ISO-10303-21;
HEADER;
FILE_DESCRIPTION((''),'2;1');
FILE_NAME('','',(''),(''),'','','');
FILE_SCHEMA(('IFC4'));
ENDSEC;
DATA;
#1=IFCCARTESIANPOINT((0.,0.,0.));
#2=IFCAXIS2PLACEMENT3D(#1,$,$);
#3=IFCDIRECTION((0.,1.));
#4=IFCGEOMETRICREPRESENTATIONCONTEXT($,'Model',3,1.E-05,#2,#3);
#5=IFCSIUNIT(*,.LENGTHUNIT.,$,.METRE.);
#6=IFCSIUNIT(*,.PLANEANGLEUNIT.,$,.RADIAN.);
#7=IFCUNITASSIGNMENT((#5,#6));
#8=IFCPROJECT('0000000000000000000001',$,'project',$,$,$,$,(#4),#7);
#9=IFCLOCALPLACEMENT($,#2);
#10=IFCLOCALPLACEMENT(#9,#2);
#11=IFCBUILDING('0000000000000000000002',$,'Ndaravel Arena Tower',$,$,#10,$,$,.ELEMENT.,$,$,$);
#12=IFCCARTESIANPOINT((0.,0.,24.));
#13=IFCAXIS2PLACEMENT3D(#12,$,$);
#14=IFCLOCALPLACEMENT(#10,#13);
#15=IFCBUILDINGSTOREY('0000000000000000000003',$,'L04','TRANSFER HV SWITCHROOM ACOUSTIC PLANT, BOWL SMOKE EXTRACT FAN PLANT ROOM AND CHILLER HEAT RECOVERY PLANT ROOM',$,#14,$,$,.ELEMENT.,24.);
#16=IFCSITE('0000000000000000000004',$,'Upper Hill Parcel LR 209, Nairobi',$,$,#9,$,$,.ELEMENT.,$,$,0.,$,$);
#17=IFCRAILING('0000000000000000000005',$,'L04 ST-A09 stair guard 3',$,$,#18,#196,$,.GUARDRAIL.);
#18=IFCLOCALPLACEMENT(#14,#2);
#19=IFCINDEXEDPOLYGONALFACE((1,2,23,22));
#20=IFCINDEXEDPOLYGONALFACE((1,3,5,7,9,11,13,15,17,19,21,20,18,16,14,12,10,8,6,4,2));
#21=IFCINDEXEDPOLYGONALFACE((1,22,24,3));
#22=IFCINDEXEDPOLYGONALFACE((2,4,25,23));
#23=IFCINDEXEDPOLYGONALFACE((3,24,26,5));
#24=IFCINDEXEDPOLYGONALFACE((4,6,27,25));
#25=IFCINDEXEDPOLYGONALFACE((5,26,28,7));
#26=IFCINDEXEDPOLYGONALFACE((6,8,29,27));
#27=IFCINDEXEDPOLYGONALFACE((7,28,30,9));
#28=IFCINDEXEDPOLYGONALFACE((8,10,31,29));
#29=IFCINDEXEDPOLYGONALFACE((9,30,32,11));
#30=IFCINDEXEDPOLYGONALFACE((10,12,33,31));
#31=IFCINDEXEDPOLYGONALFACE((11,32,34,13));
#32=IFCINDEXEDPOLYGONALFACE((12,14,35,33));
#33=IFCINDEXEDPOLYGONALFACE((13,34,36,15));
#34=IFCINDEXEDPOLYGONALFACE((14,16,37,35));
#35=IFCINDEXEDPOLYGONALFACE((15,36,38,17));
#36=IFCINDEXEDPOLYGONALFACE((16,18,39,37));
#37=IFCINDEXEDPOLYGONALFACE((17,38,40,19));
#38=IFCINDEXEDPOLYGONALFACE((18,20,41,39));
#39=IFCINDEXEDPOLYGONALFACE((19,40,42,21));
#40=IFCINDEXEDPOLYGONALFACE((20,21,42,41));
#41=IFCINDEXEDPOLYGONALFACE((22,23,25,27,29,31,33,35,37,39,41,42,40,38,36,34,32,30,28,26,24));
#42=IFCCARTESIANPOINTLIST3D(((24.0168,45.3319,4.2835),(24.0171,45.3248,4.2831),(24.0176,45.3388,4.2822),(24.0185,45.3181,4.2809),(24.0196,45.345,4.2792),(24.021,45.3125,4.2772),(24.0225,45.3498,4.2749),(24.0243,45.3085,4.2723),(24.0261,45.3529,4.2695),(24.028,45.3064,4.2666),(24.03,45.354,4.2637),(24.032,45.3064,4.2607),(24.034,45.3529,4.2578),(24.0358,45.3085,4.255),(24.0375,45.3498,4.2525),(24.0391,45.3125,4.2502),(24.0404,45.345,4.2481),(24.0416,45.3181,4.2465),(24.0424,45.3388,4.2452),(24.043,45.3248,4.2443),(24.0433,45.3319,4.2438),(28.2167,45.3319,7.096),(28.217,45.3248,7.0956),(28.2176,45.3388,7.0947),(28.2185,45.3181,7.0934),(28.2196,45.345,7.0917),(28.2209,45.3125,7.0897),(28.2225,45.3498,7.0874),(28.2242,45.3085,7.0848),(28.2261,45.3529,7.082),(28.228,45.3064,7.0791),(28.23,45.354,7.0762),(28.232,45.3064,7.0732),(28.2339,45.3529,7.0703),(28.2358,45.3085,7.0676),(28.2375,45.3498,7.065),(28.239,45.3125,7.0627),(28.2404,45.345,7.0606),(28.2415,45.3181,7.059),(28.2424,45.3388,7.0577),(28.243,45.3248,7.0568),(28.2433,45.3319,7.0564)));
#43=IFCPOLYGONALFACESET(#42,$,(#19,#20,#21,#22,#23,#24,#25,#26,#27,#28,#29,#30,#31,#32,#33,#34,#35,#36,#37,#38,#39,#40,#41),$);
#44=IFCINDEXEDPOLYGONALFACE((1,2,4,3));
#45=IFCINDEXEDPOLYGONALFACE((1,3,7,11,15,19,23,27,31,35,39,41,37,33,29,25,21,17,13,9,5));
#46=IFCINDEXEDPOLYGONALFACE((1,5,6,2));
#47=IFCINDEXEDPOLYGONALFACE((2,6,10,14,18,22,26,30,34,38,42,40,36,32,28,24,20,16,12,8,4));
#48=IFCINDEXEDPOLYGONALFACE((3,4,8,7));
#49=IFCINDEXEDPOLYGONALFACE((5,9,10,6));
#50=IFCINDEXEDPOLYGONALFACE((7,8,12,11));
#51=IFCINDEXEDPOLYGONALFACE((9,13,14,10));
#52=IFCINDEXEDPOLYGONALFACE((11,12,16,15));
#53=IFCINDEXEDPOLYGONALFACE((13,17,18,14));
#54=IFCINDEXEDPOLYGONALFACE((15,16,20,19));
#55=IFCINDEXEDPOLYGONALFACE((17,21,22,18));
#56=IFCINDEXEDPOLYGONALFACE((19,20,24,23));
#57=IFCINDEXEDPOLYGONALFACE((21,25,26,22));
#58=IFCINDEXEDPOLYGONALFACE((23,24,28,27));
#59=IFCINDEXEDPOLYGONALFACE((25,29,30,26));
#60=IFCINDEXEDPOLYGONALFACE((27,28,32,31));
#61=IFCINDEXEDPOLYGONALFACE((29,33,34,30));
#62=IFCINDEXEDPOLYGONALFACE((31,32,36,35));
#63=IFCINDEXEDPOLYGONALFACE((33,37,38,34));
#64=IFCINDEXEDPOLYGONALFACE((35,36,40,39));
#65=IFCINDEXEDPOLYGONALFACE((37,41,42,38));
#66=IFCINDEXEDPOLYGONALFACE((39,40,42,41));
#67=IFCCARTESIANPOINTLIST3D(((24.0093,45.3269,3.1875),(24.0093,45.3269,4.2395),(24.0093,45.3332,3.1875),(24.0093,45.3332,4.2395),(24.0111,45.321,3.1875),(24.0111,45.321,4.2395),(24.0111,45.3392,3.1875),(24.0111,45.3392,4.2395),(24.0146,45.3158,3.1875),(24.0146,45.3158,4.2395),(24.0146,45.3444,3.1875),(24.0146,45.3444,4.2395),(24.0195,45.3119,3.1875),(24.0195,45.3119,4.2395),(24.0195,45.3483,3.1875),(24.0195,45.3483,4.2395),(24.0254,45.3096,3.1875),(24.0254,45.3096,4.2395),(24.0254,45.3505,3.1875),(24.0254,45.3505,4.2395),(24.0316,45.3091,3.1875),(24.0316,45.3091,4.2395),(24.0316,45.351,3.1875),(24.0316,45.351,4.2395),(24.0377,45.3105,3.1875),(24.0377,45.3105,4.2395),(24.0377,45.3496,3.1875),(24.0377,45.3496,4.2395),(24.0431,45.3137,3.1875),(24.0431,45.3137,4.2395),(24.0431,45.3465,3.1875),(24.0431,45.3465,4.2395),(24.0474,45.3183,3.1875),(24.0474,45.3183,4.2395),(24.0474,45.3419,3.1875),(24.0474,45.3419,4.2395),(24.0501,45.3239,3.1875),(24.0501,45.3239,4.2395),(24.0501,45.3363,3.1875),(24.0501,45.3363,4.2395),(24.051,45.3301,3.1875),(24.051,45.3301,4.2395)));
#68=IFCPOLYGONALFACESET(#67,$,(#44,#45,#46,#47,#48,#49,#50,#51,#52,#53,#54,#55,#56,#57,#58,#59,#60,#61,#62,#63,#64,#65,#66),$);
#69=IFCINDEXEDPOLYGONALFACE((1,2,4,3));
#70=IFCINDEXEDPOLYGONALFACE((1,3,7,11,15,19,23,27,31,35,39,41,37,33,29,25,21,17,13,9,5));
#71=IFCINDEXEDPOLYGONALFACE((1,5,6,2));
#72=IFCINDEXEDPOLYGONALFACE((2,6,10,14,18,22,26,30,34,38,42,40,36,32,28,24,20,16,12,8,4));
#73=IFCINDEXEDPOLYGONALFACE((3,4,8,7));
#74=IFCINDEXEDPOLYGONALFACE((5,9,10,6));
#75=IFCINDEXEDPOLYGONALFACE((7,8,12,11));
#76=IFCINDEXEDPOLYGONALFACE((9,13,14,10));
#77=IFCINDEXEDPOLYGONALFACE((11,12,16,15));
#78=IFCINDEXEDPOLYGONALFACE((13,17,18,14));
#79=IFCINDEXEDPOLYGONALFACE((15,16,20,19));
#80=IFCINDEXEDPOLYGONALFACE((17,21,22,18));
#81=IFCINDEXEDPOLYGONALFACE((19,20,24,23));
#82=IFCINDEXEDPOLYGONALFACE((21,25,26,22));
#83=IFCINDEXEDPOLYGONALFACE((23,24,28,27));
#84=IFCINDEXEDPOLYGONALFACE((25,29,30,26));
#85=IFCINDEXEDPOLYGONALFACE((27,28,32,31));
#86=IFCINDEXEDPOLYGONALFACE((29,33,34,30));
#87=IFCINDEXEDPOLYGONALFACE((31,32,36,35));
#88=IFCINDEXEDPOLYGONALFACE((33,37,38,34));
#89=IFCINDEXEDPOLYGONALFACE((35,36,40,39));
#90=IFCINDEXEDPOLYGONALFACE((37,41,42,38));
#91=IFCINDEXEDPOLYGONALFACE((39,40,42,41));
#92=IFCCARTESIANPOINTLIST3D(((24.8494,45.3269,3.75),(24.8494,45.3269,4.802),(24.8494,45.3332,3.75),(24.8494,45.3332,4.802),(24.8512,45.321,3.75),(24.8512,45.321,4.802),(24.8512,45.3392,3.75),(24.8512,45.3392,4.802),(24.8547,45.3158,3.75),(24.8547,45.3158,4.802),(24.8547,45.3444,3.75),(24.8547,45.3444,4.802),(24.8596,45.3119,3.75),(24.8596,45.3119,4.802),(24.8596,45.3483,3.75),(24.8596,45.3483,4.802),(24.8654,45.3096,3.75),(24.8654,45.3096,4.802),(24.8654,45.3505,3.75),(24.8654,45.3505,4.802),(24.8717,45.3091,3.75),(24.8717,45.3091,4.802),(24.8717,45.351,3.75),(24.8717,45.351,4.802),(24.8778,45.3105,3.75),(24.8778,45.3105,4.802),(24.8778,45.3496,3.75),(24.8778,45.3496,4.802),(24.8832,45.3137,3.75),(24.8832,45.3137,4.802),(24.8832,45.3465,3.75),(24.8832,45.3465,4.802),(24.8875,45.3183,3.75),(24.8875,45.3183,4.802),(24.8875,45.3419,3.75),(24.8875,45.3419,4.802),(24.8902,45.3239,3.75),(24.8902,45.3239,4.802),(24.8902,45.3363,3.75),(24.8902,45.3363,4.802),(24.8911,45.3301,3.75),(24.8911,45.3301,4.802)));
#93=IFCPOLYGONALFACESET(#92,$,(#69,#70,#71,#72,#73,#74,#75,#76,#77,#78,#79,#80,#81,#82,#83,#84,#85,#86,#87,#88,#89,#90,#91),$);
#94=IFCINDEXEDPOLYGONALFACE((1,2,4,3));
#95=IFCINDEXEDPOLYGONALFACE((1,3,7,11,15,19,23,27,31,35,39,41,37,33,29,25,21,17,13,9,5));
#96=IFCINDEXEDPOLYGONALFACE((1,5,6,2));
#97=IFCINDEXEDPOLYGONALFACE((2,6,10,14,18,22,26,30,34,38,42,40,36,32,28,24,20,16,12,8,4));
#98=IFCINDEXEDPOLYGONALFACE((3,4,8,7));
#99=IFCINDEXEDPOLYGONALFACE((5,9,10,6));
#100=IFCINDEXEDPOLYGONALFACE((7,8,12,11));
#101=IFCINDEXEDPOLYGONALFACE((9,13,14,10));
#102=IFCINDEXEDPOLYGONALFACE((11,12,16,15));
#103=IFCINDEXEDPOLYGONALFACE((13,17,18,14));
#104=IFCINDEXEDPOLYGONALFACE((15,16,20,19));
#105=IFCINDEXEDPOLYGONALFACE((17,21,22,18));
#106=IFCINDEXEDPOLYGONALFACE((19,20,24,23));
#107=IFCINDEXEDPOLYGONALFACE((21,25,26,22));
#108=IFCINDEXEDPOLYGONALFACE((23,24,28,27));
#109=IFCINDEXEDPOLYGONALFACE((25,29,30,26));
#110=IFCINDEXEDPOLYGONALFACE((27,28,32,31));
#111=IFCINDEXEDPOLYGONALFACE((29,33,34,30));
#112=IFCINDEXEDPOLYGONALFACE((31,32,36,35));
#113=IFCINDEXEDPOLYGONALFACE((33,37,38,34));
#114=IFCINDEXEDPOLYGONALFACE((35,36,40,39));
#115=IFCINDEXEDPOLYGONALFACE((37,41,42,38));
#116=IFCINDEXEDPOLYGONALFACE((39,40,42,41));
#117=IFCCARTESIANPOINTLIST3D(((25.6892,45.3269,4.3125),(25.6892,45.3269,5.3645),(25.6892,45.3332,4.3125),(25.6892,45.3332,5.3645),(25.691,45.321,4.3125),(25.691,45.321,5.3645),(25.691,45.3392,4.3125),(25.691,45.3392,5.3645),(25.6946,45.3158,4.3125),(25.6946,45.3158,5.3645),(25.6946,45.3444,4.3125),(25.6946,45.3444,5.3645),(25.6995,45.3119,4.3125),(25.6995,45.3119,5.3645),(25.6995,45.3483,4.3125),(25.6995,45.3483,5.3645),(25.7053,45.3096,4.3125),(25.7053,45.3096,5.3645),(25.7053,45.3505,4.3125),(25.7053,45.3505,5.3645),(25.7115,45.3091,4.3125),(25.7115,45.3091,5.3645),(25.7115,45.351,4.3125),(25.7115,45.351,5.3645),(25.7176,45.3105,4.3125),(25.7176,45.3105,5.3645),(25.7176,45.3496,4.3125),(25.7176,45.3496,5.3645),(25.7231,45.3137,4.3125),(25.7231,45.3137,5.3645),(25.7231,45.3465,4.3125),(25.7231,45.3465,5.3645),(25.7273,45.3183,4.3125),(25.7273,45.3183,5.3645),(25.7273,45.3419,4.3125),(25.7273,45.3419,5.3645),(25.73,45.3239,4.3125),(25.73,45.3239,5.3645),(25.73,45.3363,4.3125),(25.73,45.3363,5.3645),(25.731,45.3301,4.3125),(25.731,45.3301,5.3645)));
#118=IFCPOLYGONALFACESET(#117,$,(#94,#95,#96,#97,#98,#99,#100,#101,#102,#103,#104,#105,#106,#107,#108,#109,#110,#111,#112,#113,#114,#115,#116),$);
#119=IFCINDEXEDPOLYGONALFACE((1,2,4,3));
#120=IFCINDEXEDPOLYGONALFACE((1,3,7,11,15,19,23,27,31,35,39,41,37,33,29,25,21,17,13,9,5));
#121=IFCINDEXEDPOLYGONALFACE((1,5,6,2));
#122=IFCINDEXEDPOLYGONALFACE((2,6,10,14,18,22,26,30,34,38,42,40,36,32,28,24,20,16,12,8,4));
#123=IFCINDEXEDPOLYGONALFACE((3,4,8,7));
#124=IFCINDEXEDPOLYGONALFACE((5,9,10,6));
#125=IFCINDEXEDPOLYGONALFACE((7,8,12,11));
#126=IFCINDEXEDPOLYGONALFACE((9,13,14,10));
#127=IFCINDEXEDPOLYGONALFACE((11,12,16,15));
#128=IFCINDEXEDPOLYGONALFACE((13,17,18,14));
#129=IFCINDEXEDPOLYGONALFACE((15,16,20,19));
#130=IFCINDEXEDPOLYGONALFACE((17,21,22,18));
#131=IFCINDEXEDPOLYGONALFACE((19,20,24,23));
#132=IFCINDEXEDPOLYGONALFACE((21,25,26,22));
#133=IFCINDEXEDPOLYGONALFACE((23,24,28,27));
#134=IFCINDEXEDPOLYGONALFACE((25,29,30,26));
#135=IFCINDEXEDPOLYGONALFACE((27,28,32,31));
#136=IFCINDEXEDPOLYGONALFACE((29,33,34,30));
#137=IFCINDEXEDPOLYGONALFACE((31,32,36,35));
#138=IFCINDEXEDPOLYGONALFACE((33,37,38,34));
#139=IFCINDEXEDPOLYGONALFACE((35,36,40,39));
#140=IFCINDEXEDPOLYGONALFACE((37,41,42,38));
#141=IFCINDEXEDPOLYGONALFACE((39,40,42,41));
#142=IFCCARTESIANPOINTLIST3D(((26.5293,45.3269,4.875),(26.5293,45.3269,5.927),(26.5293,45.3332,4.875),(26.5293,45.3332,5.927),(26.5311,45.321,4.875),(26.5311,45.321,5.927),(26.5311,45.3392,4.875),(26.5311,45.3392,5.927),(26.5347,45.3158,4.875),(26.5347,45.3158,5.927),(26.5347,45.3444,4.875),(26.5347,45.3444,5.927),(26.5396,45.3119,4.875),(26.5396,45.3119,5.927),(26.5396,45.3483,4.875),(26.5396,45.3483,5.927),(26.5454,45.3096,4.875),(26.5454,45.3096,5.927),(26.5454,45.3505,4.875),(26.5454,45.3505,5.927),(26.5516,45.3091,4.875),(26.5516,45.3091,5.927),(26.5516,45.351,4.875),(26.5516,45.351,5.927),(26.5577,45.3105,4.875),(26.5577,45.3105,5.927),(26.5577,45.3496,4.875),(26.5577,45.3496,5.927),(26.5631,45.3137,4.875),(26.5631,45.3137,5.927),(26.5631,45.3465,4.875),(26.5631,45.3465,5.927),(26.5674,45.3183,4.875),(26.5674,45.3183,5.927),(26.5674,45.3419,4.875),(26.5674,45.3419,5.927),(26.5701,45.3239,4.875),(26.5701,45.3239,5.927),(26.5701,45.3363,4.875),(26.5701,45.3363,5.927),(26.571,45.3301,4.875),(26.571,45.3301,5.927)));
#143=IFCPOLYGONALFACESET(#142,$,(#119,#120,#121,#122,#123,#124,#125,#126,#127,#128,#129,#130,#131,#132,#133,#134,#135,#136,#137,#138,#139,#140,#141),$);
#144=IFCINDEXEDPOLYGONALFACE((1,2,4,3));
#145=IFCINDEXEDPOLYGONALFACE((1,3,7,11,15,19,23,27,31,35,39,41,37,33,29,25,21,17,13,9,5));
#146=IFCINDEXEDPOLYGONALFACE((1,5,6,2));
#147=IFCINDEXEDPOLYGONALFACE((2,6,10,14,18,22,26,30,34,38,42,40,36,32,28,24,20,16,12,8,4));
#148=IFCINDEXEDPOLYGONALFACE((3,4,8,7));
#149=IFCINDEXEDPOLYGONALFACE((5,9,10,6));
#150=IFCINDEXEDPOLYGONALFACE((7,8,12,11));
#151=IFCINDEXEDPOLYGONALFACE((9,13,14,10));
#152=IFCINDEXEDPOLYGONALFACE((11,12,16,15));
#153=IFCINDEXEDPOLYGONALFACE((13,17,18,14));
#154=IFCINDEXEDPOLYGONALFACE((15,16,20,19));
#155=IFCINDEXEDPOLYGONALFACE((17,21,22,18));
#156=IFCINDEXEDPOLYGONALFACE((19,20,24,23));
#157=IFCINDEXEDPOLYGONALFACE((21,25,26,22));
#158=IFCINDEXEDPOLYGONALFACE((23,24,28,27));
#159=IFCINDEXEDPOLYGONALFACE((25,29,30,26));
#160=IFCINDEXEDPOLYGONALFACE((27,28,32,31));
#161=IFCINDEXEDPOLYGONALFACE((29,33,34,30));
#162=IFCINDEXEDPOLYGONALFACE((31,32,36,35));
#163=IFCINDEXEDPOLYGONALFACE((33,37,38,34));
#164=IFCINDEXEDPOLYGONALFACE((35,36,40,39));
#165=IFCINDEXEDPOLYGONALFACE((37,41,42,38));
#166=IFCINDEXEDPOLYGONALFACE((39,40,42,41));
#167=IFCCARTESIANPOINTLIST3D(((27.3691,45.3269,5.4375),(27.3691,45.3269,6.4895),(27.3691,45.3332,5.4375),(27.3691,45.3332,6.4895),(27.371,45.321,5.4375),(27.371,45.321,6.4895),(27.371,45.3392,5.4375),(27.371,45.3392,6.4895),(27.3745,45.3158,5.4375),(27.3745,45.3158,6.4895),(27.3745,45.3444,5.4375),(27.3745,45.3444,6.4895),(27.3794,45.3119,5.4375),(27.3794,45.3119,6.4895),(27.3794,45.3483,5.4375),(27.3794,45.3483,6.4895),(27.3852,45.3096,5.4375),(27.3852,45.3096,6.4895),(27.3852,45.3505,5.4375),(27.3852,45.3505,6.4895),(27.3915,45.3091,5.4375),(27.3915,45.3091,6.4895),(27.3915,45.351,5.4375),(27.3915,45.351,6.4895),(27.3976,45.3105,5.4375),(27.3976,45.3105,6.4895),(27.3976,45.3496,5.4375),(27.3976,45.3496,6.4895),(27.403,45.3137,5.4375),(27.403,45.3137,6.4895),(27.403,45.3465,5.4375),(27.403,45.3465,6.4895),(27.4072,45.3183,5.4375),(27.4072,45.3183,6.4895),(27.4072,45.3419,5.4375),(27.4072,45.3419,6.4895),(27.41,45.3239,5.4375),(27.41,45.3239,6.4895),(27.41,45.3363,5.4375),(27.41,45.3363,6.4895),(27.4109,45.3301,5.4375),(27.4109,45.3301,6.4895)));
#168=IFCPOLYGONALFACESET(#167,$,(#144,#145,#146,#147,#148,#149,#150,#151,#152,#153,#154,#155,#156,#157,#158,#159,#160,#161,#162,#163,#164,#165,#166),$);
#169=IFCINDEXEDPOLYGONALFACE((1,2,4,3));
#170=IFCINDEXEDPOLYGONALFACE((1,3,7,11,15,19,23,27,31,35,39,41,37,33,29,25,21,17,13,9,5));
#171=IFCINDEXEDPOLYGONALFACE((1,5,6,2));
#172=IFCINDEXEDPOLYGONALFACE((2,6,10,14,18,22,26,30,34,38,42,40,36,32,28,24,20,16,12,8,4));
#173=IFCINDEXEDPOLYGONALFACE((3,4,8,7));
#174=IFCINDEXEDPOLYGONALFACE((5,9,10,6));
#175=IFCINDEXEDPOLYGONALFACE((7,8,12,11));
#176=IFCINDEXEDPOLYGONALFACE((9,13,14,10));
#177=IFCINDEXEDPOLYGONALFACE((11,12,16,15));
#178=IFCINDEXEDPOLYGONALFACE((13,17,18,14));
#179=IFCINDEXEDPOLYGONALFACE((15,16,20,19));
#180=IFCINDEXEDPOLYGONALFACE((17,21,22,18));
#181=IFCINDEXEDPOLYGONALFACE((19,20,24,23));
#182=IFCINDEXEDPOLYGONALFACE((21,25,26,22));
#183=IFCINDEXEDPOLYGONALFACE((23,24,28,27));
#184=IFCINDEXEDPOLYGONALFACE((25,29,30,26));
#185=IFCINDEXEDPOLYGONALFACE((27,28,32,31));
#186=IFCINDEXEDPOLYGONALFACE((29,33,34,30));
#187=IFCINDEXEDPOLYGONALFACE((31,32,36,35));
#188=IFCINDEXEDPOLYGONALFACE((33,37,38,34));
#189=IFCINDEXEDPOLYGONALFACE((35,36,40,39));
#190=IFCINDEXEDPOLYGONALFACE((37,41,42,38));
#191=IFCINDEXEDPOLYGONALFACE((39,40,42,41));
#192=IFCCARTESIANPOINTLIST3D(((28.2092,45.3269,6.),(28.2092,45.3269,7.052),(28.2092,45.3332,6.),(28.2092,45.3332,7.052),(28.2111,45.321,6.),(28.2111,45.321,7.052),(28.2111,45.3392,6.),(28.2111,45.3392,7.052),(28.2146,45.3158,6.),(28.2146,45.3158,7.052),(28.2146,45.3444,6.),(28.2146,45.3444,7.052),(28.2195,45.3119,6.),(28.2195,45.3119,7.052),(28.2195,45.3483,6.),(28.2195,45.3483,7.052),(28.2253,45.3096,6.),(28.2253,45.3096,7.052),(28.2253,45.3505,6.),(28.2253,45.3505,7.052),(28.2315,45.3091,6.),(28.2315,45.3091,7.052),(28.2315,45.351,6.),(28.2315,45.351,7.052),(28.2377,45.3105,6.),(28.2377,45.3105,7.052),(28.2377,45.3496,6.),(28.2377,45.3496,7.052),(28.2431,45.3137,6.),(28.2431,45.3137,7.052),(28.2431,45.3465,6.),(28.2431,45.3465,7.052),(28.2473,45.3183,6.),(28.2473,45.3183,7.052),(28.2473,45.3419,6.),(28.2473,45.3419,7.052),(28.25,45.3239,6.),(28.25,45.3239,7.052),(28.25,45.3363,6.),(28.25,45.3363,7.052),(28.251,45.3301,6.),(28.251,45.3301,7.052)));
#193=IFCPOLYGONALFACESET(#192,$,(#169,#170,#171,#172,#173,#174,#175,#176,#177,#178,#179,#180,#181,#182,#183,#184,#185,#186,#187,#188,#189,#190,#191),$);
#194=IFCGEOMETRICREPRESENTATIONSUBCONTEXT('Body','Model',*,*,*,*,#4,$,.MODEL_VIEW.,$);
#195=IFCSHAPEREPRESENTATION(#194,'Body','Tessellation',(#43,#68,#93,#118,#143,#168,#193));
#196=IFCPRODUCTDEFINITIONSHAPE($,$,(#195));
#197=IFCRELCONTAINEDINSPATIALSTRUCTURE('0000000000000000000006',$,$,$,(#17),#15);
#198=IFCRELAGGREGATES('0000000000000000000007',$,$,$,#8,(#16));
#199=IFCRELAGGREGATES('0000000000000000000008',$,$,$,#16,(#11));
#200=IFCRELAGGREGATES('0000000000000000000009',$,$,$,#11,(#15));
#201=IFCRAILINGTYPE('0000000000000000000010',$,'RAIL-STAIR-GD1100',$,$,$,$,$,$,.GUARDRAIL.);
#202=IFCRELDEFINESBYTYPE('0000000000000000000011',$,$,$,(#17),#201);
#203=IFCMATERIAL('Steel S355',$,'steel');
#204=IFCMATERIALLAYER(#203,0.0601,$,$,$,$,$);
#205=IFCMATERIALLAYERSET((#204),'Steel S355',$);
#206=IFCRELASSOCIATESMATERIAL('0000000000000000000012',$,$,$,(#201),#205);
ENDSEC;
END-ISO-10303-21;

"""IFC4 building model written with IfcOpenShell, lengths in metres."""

from ifc_helpers import new_model, si_unit, direction, frame, origin, origin_2d, place, context, subcontext, project, spatial, circle, extrude, material, layer, layer_set, type_object, element, save


model = new_model("IFC4")

# Units and contexts
model_context = context("Model", 3, precision=1e-05, world=origin(), true_north=direction((0.0, 1.0)))
body_context = subcontext(model_context, "Body", "Model", "MODEL_VIEW")
ifc_project = project(units=[si_unit("LENGTHUNIT", "METRE"), si_unit("PLANEANGLEUNIT", "RADIAN")], contexts=[model_context])

# Site, building, storey
site_placement = place(None, origin())
site = spatial("IfcSite", under=ifc_project, at=site_placement, Name="Upper Hill Parcel LR 209, Nairobi", CompositionType="ELEMENT", RefElevation=0.0)
building_placement = place(site_placement, origin())
building = spatial("IfcBuilding", under=site, at=building_placement, Name="Ndaravel Arena Tower", CompositionType="ELEMENT")
storey_placement = place(building_placement, frame((0.0, 0.0, 24.0)))
storey = spatial("IfcBuildingStorey", under=building, at=storey_placement, Name="L04", Description="TRANSFER HV SWITCHROOM ACOUSTIC PLANT, BOWL SMOKE EXTRACT FAN PLANT ROOM AND CHILLER HEAT RECOVERY PLANT ROOM", CompositionType="ELEMENT", Elevation=24.0)

# Railing
ifc_material_1 = material(Name="Steel S355", Category="steel")
ifc_layer_1 = layer(ifc_material_1, 0.0601)
ifc_layer_set_1 = layer_set([ifc_layer_1], Name="Steel S355")
railing_type_1 = type_object("IfcRailingType", Name="RAIL-STAIR-GD1100", PredefinedType="GUARDRAIL", material=ifc_layer_set_1)
railing_1_placement = place(storey_placement, frame((24.03, 45.3301, 3.1875)))
element("IfcRailing", 1, at=railing_1_placement, inside=storey, type_object=railing_type_1, Name="L04 ST-A09 stair guard 3", PredefinedType="GUARDRAIL", context=body_context, shape_type="SweptSolid", body=[
    extrude(circle(Radius=0.0239, at=origin_2d()), frame((0.0, 0.0, 1.0762), z_axis=(0.830904, 0.0, 0.556416), x_axis=(0.0, 1.0, 0.0)), (0.0, 0.0, 1.0), 5.0547),
    extrude(circle(Radius=0.021, at=origin_2d()), origin(), (0.0, 0.0, 1.0), 1.052),
    extrude(circle(Radius=0.021, at=origin_2d()), frame((0.8401, 0.0, 0.5625)), (0.0, 0.0, 1.0), 1.052),
    extrude(circle(Radius=0.021, at=origin_2d()), frame((1.6799, 0.0, 1.125)), (0.0, 0.0, 1.0), 1.052),
    extrude(circle(Radius=0.021, at=origin_2d()), frame((2.52, 0.0, 1.6875)), (0.0, 0.0, 1.0), 1.052),
    extrude(circle(Radius=0.021, at=origin_2d()), frame((3.3599, 0.0, 2.25)), (0.0, 0.0, 1.0), 1.052),
    extrude(circle(Radius=0.021, at=origin_2d()), frame((4.2, 0.0, 2.8125)), (0.0, 0.0, 1.0), 1.052),
])

save(model, "model.ifc")
